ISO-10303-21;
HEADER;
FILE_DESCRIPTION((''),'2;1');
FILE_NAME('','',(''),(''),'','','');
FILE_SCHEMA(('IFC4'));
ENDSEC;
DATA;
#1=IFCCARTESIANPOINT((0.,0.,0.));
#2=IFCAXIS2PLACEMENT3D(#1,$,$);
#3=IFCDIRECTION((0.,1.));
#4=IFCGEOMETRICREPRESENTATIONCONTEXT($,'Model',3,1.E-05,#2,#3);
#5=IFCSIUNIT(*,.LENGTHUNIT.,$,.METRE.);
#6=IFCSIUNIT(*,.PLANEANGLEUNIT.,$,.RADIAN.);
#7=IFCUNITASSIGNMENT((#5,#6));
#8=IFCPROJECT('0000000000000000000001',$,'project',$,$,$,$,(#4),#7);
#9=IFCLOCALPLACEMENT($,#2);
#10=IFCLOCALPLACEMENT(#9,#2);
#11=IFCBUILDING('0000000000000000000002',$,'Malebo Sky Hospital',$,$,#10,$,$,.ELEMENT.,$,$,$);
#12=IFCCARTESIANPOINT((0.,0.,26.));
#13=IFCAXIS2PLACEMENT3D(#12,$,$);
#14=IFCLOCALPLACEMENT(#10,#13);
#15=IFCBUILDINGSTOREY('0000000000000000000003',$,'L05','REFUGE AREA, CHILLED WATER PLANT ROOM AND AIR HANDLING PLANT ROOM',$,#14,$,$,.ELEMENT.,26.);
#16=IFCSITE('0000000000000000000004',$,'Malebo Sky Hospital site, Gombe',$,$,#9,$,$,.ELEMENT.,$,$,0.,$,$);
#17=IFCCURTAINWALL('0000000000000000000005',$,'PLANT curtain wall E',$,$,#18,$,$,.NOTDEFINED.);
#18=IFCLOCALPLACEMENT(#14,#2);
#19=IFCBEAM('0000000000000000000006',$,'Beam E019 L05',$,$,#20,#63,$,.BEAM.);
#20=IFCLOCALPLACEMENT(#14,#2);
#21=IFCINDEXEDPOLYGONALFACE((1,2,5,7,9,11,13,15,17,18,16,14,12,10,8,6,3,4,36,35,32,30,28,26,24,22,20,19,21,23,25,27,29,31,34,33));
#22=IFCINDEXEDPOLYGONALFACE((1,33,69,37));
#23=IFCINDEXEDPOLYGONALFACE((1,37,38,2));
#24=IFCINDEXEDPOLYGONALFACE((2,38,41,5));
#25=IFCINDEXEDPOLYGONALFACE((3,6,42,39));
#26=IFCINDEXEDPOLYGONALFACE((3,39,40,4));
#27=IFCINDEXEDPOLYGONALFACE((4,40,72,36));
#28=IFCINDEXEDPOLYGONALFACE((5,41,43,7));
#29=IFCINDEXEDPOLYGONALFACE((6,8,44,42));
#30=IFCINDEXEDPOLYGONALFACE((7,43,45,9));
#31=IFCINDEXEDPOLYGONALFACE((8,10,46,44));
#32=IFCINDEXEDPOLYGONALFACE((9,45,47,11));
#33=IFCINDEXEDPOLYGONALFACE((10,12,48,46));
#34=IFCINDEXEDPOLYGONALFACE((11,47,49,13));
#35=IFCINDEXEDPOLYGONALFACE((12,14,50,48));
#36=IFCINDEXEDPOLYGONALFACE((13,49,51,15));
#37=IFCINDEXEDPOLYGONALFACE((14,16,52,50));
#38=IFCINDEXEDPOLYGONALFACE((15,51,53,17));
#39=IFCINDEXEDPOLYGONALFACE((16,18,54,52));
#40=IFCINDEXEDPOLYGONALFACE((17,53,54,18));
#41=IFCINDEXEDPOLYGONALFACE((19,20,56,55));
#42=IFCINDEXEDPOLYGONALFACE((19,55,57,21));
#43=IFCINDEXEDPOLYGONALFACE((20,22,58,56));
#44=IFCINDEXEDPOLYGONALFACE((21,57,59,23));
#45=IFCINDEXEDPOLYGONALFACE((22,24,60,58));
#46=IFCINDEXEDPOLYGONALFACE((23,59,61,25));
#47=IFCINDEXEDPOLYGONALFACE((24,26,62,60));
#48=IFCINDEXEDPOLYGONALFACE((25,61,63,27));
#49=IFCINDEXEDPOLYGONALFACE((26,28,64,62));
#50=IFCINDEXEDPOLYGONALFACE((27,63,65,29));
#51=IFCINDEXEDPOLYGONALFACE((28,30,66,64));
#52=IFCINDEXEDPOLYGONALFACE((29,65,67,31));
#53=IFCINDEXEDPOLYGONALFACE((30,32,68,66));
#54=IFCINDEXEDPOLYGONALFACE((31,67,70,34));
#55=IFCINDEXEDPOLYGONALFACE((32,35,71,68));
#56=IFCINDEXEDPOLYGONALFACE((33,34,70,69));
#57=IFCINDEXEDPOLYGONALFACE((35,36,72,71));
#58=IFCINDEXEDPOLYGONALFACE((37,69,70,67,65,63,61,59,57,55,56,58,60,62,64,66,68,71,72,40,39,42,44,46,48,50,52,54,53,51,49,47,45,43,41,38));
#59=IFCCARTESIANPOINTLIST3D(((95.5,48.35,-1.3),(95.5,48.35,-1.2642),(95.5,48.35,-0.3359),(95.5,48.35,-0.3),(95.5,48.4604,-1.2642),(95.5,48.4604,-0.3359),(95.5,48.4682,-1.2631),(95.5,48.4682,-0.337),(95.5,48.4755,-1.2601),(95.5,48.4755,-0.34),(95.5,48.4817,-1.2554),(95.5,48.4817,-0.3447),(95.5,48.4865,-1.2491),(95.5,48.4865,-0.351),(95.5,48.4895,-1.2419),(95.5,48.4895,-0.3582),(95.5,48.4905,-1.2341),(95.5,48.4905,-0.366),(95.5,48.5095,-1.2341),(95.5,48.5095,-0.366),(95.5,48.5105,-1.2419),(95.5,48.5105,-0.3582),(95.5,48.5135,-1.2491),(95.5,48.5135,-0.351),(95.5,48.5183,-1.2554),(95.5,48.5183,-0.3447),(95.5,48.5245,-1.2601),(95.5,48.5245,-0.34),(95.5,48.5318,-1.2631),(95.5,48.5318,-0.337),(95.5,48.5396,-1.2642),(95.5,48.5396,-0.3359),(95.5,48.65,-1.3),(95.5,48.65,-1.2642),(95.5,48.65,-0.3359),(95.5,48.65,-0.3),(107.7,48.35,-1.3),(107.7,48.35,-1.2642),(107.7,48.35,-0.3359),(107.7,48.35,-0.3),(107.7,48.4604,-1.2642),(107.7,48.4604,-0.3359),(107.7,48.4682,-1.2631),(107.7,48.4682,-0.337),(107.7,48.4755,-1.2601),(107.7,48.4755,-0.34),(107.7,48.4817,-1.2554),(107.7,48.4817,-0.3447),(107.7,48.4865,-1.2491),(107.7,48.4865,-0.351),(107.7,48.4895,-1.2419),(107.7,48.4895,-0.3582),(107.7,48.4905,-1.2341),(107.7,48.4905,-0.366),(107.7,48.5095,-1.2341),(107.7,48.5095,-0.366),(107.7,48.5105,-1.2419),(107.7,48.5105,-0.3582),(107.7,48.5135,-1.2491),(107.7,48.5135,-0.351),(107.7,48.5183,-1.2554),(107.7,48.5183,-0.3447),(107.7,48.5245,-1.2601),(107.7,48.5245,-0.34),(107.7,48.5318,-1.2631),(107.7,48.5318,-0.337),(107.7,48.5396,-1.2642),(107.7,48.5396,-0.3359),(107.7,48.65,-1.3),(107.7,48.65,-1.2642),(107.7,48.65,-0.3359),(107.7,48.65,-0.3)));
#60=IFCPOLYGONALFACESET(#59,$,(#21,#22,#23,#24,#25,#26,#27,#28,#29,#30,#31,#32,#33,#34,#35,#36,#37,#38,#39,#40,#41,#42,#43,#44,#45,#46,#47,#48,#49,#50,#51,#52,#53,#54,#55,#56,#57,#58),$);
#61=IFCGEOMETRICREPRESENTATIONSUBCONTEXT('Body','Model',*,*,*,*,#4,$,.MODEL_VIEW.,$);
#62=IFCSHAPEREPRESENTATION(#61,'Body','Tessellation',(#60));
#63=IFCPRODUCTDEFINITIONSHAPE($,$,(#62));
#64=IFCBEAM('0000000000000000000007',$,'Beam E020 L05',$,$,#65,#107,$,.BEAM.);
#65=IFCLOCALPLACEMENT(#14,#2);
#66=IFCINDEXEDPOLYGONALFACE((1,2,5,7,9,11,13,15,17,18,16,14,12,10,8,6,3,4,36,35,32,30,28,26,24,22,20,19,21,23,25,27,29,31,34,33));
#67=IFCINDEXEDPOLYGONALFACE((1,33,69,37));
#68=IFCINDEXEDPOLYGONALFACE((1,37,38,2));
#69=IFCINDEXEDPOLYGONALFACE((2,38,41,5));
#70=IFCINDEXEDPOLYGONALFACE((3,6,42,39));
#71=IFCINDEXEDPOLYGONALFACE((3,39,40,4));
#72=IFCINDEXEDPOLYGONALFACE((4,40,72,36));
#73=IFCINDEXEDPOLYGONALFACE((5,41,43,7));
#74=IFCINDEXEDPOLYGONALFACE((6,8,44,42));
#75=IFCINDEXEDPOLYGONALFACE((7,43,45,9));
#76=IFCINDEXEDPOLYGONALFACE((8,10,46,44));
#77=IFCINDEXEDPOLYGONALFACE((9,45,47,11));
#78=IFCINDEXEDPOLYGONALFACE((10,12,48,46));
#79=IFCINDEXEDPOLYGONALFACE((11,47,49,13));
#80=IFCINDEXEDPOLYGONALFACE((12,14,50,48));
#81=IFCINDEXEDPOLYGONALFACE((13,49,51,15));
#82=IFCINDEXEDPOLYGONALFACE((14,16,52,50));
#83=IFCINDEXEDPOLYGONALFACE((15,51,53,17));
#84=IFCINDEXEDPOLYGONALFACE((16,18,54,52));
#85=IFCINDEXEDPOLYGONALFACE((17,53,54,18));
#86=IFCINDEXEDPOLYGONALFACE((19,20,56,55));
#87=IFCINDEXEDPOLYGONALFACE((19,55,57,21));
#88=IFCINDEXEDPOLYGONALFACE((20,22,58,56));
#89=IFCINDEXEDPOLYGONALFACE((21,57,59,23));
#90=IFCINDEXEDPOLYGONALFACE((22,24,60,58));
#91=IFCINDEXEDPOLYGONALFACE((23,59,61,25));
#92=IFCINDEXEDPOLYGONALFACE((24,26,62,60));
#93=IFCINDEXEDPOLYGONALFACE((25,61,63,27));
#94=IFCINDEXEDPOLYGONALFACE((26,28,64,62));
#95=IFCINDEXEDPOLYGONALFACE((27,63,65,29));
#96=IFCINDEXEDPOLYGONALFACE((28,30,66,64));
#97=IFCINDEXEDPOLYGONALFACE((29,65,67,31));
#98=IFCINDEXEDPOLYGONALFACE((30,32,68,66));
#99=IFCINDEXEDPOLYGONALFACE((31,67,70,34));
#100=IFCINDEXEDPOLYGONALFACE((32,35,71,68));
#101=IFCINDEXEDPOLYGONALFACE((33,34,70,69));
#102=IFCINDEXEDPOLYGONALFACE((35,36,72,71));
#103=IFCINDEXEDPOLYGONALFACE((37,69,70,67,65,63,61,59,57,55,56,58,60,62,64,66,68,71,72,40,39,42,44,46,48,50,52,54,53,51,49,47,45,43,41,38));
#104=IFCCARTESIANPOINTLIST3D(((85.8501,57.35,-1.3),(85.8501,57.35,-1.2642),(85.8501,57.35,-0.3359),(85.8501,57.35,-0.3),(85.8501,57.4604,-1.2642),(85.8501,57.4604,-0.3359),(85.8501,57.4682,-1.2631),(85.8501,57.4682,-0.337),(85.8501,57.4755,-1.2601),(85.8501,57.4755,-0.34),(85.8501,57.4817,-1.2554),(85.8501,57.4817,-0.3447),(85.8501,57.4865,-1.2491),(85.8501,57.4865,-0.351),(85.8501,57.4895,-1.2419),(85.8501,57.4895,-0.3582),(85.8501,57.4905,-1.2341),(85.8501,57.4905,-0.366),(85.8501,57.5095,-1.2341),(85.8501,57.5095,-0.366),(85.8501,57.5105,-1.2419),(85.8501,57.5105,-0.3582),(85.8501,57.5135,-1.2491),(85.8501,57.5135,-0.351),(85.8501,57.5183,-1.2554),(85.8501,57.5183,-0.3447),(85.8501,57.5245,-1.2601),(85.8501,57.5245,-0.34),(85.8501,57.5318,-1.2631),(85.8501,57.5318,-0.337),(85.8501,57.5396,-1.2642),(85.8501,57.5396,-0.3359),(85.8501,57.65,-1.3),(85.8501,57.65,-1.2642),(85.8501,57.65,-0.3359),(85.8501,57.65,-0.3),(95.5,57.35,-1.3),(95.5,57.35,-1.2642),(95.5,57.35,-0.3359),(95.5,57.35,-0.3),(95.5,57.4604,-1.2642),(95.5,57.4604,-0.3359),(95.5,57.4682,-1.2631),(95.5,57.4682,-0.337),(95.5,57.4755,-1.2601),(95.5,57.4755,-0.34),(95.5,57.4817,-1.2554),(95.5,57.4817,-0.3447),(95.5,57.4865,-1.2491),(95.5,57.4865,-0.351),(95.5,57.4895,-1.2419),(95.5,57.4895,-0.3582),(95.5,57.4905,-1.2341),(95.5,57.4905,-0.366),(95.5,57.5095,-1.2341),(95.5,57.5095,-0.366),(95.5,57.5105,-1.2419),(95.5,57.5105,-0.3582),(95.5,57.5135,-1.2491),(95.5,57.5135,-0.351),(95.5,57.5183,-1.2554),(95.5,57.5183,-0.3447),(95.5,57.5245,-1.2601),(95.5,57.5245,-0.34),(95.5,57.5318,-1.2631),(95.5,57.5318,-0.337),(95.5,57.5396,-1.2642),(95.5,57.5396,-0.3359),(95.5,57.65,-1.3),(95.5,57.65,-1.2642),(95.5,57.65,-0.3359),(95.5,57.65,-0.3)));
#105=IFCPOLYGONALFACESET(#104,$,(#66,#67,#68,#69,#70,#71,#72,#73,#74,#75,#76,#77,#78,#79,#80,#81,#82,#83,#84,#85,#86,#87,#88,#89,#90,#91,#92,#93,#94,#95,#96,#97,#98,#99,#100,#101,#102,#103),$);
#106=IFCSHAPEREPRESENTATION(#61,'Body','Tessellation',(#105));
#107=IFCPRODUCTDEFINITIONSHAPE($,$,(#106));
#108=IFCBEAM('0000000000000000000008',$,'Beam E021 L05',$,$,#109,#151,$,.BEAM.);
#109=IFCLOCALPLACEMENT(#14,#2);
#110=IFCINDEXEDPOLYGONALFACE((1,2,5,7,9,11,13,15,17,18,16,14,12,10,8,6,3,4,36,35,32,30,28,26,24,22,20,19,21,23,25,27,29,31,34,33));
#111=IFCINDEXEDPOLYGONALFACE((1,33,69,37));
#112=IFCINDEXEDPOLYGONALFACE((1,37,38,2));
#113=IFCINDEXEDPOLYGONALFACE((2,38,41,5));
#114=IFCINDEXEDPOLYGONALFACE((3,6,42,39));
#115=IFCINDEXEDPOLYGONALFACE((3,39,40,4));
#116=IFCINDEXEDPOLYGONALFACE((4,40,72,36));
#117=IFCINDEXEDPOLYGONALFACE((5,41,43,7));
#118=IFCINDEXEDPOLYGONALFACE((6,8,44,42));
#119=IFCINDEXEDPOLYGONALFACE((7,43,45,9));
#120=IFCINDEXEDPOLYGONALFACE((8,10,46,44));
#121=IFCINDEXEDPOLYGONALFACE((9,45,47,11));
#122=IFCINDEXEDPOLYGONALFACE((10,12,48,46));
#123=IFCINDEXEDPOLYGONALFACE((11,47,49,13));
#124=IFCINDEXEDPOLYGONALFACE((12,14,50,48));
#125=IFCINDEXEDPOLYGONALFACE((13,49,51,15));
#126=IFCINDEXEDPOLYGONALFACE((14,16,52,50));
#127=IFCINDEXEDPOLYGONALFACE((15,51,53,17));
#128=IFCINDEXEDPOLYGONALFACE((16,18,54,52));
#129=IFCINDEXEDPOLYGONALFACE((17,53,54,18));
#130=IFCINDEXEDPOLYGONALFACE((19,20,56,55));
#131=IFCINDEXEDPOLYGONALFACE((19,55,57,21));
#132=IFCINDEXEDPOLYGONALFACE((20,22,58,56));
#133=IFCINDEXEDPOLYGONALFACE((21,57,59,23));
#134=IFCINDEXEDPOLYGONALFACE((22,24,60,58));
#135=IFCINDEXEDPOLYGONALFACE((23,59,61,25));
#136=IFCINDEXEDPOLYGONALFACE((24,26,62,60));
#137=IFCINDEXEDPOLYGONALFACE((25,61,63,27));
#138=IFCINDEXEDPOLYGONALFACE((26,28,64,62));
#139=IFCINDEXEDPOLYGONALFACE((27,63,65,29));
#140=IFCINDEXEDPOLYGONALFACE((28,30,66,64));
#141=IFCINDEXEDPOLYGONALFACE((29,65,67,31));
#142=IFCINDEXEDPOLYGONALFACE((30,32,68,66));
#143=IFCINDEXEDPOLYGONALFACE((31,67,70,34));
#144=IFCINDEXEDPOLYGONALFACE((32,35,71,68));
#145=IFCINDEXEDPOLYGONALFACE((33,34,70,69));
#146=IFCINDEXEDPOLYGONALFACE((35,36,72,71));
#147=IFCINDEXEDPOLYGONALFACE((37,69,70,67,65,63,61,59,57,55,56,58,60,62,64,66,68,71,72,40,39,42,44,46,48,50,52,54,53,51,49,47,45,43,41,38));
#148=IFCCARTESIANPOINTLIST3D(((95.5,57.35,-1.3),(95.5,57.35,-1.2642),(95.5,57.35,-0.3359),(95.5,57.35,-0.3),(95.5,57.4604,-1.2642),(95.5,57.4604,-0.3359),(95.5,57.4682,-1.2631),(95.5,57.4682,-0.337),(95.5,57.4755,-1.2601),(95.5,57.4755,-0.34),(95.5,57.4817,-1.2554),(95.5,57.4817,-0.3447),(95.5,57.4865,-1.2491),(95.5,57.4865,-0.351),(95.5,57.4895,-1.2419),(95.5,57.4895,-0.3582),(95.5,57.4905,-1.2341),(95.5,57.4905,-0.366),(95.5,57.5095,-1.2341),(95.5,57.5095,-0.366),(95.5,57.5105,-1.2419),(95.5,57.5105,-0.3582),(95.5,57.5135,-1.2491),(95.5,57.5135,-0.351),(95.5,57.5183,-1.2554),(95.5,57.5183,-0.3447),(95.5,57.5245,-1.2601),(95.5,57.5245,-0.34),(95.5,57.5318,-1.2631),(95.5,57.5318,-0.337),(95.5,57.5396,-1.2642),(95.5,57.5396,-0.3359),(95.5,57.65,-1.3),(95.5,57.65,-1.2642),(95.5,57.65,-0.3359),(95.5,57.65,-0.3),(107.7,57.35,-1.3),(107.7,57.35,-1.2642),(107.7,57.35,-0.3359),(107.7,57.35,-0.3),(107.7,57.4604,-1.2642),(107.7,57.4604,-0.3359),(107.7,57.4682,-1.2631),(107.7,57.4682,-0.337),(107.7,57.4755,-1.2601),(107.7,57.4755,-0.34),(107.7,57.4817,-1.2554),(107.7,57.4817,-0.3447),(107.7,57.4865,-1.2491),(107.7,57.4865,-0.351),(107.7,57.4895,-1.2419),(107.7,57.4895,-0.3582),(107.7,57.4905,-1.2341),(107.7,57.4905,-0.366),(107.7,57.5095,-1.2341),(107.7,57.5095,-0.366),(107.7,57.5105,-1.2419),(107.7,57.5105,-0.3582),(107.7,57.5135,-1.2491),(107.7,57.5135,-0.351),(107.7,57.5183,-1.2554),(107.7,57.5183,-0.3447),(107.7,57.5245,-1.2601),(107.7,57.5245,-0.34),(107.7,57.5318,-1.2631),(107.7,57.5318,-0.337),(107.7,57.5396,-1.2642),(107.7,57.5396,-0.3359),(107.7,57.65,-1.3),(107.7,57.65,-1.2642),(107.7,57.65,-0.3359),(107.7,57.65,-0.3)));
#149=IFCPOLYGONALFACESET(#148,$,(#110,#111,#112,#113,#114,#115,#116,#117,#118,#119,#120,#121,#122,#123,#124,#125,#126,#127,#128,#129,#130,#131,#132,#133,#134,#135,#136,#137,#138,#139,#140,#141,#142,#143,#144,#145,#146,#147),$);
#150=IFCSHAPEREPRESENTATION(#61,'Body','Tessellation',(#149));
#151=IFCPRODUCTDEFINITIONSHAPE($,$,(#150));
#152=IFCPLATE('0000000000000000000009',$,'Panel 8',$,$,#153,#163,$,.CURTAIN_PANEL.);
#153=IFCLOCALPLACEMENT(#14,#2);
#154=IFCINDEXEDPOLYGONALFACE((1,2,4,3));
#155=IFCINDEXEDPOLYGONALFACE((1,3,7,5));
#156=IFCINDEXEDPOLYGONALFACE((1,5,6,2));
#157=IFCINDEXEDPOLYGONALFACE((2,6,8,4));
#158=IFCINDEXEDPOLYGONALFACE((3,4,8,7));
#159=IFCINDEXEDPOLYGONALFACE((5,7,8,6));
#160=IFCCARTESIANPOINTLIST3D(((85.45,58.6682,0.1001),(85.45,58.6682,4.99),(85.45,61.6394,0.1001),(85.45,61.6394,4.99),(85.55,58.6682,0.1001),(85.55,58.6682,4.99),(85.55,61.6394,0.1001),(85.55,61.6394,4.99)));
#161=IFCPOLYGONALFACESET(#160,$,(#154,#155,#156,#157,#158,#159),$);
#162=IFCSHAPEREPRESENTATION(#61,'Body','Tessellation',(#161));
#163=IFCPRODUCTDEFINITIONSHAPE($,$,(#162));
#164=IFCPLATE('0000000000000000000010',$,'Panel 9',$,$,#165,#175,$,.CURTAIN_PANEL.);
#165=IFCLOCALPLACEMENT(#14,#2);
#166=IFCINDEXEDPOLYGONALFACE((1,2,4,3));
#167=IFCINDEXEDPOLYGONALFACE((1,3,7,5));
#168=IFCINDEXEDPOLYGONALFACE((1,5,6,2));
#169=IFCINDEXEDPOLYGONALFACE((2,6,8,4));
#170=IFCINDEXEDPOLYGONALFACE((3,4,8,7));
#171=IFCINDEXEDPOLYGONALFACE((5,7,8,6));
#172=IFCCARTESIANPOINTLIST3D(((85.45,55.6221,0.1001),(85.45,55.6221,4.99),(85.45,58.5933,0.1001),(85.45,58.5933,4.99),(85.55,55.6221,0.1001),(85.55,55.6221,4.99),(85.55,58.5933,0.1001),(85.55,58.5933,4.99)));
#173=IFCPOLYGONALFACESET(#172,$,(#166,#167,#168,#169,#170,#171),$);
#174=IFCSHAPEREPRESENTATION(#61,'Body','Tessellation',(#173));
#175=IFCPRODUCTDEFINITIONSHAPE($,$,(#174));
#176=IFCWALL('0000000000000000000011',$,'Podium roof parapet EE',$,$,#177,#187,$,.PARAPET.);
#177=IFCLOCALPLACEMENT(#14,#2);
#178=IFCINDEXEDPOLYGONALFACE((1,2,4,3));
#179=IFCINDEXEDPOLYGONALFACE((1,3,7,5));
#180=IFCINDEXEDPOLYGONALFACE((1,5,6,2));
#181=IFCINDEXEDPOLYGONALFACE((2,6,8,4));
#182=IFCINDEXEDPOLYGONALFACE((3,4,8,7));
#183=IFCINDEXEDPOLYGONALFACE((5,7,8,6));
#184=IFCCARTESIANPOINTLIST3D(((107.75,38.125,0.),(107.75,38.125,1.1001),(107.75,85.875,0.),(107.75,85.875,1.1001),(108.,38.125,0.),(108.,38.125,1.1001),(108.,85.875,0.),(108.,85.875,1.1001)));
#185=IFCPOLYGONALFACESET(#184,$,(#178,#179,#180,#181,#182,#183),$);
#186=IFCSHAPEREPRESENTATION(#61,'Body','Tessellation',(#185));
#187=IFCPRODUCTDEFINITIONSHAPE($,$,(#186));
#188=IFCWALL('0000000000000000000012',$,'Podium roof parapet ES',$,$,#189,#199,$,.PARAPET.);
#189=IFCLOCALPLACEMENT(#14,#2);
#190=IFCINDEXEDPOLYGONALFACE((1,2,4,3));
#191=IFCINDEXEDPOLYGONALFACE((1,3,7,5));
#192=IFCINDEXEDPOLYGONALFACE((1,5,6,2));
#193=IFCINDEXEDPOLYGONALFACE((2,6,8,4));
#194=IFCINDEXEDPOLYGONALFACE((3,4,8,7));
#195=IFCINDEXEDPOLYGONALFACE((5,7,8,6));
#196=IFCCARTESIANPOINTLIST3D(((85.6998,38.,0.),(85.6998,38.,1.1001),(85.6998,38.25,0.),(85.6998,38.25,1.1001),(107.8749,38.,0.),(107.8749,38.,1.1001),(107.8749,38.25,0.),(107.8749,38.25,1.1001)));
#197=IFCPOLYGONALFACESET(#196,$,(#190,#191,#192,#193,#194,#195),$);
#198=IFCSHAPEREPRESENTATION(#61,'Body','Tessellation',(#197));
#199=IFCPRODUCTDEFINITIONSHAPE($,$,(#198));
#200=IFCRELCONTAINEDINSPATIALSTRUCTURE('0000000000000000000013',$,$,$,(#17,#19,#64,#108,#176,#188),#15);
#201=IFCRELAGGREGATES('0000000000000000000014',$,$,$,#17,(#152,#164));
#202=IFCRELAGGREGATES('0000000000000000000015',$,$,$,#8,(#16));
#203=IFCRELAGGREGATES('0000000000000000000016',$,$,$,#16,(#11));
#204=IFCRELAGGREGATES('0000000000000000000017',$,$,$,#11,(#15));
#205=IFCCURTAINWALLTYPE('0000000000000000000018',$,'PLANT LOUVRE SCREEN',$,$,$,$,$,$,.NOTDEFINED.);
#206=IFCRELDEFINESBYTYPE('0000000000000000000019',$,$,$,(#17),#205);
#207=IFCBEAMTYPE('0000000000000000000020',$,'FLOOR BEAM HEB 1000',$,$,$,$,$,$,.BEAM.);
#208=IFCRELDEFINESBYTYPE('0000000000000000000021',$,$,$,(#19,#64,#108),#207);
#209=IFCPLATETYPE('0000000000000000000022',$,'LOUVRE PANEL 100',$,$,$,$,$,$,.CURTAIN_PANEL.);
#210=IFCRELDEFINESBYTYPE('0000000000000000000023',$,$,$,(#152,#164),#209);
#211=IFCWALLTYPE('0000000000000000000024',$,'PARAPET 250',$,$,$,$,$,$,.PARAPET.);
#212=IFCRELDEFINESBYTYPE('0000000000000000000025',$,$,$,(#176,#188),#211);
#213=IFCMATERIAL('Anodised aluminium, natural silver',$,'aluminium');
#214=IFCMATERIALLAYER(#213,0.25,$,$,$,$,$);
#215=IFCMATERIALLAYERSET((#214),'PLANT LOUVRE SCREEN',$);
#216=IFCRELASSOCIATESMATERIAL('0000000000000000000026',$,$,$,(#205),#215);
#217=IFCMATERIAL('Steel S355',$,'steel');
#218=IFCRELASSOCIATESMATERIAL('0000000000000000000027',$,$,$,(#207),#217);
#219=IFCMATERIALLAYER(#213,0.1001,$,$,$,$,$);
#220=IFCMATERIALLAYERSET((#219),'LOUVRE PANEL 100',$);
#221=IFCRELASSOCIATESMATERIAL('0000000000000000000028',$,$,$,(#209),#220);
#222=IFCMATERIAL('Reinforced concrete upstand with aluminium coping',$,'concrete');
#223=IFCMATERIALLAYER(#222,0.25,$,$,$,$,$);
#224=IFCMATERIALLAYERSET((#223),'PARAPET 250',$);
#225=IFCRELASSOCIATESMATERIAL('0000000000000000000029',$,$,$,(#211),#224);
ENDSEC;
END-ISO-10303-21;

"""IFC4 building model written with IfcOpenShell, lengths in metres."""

from ifc_helpers import new_model, si_unit, direction, frame, frame_2d, origin, origin_2d, place, context, subcontext, project, spatial, rectangle, i_section, extrude, material, layer, layer_set, material_profile, profile_set, type_object, element, aggregate, save


model = new_model("IFC4")

# Units and contexts
model_context = context("Model", 3, precision=1e-05, world=origin(), true_north=direction((0.0, 1.0)))
body_context = subcontext(model_context, "Body", "Model", "MODEL_VIEW")
ifc_project = project(units=[si_unit("LENGTHUNIT", "METRE"), si_unit("PLANEANGLEUNIT", "RADIAN")], contexts=[model_context])

# Site, building, storey
site_placement = place(None, origin())
site = spatial("IfcSite", under=ifc_project, at=site_placement, Name="Malebo Sky Hospital site, Gombe", CompositionType="ELEMENT", RefElevation=0.0)
building_placement = place(site_placement, origin())
building = spatial("IfcBuilding", under=site, at=building_placement, Name="Malebo Sky Hospital", CompositionType="ELEMENT")
storey_placement = place(building_placement, frame((0.0, 0.0, 26.0)))
storey = spatial("IfcBuildingStorey", under=building, at=storey_placement, Name="L05", Description="REFUGE AREA, CHILLED WATER PLANT ROOM AND AIR HANDLING PLANT ROOM", CompositionType="ELEMENT", Elevation=26.0)

# Curtain wall
ifc_material_1 = material(Name="Anodised aluminium, natural silver", Category="aluminium")
ifc_layer_1 = layer(ifc_material_1, 0.25)
ifc_layer_set_1 = layer_set([ifc_layer_1], Name="PLANT LOUVRE SCREEN")
curtain_wall_type = type_object("IfcCurtainWallType", Name="PLANT LOUVRE SCREEN", PredefinedType="NOTDEFINED", material=ifc_layer_set_1)
curtain_wall_placement = place(storey_placement, origin())
curtain_wall = element("IfcCurtainWall", 1, at=curtain_wall_placement, inside=storey, type_object=curtain_wall_type, Name="PLANT curtain wall E", PredefinedType="NOTDEFINED")

# Beams
ifc_material_2 = material(Name="Steel S355", Category="steel")
ifc_material_profile_1 = material_profile(ifc_material_2, i_section(OverallWidth=0.3, OverallDepth=1.0, WebThickness=0.019, FlangeThickness=0.0359, FilletRadius=0.03, at=origin_2d()), Name="HEB 1000")
ifc_profile_set_1 = profile_set([ifc_material_profile_1], Name="Steel S355")
beam_type_1 = type_object("IfcBeamType", Name="FLOOR BEAM HEB 1000", PredefinedType="BEAM", material=ifc_profile_set_1)
beam_1_placement = place(storey_placement, frame((95.5, 48.5, -0.8), z_axis=(1.0, 0.0, 0.0), x_axis=(0.0, 1.0, 0.0)))
element("IfcBeam", 2, at=beam_1_placement, inside=storey, type_object=beam_type_1, Name="Beam E019 L05", PredefinedType="BEAM", context=body_context, shape_type="SweptSolid", body=[
    extrude(i_section(OverallWidth=0.3, OverallDepth=1.0, WebThickness=0.019, FlangeThickness=0.0359, FilletRadius=0.03, at=origin_2d()), origin(), (0.0, 0.0, 1.0), 12.2),
])
beam_2_placement = place(storey_placement, frame((85.8501, 57.5, -0.8), z_axis=(1.0, 0.0, 0.0), x_axis=(0.0, 1.0, 0.0)))
element("IfcBeam", 3, at=beam_2_placement, inside=storey, type_object=beam_type_1, Name="Beam E020 L05", PredefinedType="BEAM", context=body_context, shape_type="SweptSolid", body=[
    extrude(i_section(OverallWidth=0.3, OverallDepth=1.0, WebThickness=0.019, FlangeThickness=0.0359, FilletRadius=0.03, at=origin_2d()), origin(), (0.0, 0.0, 1.0), 9.6499),
])
beam_3_placement = place(storey_placement, frame((95.5, 57.5, -0.8), z_axis=(1.0, 0.0, 0.0), x_axis=(0.0, 1.0, 0.0)))
element("IfcBeam", 4, at=beam_3_placement, inside=storey, type_object=beam_type_1, Name="Beam E021 L05", PredefinedType="BEAM", context=body_context, shape_type="SweptSolid", body=[
    extrude(i_section(OverallWidth=0.3, OverallDepth=1.0, WebThickness=0.019, FlangeThickness=0.0359, FilletRadius=0.03, at=origin_2d()), origin(), (0.0, 0.0, 1.0), 12.2),
])

# Plates
ifc_layer_2 = layer(ifc_material_1, 0.1001)
ifc_layer_set_2 = layer_set([ifc_layer_2], Name="LOUVRE PANEL 100")
plate_type = type_object("IfcPlateType", Name="LOUVRE PANEL 100", PredefinedType="CURTAIN_PANEL", material=ifc_layer_set_2)
plate_1_placement = place(storey_placement, frame((85.5, 60.1538, 0.1001), z_axis=(0.0, 0.0, 1.0), x_axis=(0.0, -1.0, 0.0)))
plate_1 = element("IfcPlate", 5, at=plate_1_placement, type_object=plate_type, Name="Panel 8", PredefinedType="CURTAIN_PANEL", context=body_context, shape_type="SweptSolid", body=[
    extrude(rectangle(XDim=2.9712, YDim=0.1001, at=origin_2d()), origin(), (0.0, 0.0, 1.0), 4.8899),
])
plate_2_placement = place(storey_placement, frame((85.5, 57.1077, 0.1001), z_axis=(0.0, 0.0, 1.0), x_axis=(0.0, -1.0, 0.0)))
plate_2 = element("IfcPlate", 6, at=plate_2_placement, type_object=plate_type, Name="Panel 9", PredefinedType="CURTAIN_PANEL", context=body_context, shape_type="SweptSolid", body=[
    extrude(rectangle(XDim=2.9712, YDim=0.1001, at=origin_2d()), origin(), (0.0, 0.0, 1.0), 4.8899),
])
aggregate(curtain_wall, [plate_1, plate_2])

# Walls
ifc_material_3 = material(Name="Reinforced concrete upstand with aluminium coping", Category="concrete")
ifc_layer_3 = layer(ifc_material_3, 0.25)
ifc_layer_set_3 = layer_set([ifc_layer_3], Name="PARAPET 250")
wall_type = type_object("IfcWallType", Name="PARAPET 250", PredefinedType="PARAPET", material=ifc_layer_set_3)
wall_1_placement = place(storey_placement, frame((107.875, 38.125, 0.0), z_axis=(0.0, 0.0, 1.0), x_axis=(0.0, 1.0, 0.0)))
element("IfcWall", 7, at=wall_1_placement, inside=storey, type_object=wall_type, Name="Podium roof parapet EE", PredefinedType="PARAPET", context=body_context, shape_type="SweptSolid", body=[
    extrude(rectangle(XDim=47.75, YDim=0.25, at=frame_2d((23.875, 0.0))), origin(), (0.0, 0.0, 1.0), 1.1001),
])
wall_2_placement = place(storey_placement, frame((85.7, 38.125, 0.0), z_axis=(0.0, 0.0, 1.0), x_axis=(1.0, 0.0, 0.0)))
element("IfcWall", 8, at=wall_2_placement, inside=storey, type_object=wall_type, Name="Podium roof parapet ES", PredefinedType="PARAPET", context=body_context, shape_type="SweptSolid", body=[
    extrude(rectangle(XDim=22.175, YDim=0.25, at=frame_2d((11.0874, 0.0))), origin(), (0.0, 0.0, 1.0), 1.1001),
])

save(model, "model.ifc")
